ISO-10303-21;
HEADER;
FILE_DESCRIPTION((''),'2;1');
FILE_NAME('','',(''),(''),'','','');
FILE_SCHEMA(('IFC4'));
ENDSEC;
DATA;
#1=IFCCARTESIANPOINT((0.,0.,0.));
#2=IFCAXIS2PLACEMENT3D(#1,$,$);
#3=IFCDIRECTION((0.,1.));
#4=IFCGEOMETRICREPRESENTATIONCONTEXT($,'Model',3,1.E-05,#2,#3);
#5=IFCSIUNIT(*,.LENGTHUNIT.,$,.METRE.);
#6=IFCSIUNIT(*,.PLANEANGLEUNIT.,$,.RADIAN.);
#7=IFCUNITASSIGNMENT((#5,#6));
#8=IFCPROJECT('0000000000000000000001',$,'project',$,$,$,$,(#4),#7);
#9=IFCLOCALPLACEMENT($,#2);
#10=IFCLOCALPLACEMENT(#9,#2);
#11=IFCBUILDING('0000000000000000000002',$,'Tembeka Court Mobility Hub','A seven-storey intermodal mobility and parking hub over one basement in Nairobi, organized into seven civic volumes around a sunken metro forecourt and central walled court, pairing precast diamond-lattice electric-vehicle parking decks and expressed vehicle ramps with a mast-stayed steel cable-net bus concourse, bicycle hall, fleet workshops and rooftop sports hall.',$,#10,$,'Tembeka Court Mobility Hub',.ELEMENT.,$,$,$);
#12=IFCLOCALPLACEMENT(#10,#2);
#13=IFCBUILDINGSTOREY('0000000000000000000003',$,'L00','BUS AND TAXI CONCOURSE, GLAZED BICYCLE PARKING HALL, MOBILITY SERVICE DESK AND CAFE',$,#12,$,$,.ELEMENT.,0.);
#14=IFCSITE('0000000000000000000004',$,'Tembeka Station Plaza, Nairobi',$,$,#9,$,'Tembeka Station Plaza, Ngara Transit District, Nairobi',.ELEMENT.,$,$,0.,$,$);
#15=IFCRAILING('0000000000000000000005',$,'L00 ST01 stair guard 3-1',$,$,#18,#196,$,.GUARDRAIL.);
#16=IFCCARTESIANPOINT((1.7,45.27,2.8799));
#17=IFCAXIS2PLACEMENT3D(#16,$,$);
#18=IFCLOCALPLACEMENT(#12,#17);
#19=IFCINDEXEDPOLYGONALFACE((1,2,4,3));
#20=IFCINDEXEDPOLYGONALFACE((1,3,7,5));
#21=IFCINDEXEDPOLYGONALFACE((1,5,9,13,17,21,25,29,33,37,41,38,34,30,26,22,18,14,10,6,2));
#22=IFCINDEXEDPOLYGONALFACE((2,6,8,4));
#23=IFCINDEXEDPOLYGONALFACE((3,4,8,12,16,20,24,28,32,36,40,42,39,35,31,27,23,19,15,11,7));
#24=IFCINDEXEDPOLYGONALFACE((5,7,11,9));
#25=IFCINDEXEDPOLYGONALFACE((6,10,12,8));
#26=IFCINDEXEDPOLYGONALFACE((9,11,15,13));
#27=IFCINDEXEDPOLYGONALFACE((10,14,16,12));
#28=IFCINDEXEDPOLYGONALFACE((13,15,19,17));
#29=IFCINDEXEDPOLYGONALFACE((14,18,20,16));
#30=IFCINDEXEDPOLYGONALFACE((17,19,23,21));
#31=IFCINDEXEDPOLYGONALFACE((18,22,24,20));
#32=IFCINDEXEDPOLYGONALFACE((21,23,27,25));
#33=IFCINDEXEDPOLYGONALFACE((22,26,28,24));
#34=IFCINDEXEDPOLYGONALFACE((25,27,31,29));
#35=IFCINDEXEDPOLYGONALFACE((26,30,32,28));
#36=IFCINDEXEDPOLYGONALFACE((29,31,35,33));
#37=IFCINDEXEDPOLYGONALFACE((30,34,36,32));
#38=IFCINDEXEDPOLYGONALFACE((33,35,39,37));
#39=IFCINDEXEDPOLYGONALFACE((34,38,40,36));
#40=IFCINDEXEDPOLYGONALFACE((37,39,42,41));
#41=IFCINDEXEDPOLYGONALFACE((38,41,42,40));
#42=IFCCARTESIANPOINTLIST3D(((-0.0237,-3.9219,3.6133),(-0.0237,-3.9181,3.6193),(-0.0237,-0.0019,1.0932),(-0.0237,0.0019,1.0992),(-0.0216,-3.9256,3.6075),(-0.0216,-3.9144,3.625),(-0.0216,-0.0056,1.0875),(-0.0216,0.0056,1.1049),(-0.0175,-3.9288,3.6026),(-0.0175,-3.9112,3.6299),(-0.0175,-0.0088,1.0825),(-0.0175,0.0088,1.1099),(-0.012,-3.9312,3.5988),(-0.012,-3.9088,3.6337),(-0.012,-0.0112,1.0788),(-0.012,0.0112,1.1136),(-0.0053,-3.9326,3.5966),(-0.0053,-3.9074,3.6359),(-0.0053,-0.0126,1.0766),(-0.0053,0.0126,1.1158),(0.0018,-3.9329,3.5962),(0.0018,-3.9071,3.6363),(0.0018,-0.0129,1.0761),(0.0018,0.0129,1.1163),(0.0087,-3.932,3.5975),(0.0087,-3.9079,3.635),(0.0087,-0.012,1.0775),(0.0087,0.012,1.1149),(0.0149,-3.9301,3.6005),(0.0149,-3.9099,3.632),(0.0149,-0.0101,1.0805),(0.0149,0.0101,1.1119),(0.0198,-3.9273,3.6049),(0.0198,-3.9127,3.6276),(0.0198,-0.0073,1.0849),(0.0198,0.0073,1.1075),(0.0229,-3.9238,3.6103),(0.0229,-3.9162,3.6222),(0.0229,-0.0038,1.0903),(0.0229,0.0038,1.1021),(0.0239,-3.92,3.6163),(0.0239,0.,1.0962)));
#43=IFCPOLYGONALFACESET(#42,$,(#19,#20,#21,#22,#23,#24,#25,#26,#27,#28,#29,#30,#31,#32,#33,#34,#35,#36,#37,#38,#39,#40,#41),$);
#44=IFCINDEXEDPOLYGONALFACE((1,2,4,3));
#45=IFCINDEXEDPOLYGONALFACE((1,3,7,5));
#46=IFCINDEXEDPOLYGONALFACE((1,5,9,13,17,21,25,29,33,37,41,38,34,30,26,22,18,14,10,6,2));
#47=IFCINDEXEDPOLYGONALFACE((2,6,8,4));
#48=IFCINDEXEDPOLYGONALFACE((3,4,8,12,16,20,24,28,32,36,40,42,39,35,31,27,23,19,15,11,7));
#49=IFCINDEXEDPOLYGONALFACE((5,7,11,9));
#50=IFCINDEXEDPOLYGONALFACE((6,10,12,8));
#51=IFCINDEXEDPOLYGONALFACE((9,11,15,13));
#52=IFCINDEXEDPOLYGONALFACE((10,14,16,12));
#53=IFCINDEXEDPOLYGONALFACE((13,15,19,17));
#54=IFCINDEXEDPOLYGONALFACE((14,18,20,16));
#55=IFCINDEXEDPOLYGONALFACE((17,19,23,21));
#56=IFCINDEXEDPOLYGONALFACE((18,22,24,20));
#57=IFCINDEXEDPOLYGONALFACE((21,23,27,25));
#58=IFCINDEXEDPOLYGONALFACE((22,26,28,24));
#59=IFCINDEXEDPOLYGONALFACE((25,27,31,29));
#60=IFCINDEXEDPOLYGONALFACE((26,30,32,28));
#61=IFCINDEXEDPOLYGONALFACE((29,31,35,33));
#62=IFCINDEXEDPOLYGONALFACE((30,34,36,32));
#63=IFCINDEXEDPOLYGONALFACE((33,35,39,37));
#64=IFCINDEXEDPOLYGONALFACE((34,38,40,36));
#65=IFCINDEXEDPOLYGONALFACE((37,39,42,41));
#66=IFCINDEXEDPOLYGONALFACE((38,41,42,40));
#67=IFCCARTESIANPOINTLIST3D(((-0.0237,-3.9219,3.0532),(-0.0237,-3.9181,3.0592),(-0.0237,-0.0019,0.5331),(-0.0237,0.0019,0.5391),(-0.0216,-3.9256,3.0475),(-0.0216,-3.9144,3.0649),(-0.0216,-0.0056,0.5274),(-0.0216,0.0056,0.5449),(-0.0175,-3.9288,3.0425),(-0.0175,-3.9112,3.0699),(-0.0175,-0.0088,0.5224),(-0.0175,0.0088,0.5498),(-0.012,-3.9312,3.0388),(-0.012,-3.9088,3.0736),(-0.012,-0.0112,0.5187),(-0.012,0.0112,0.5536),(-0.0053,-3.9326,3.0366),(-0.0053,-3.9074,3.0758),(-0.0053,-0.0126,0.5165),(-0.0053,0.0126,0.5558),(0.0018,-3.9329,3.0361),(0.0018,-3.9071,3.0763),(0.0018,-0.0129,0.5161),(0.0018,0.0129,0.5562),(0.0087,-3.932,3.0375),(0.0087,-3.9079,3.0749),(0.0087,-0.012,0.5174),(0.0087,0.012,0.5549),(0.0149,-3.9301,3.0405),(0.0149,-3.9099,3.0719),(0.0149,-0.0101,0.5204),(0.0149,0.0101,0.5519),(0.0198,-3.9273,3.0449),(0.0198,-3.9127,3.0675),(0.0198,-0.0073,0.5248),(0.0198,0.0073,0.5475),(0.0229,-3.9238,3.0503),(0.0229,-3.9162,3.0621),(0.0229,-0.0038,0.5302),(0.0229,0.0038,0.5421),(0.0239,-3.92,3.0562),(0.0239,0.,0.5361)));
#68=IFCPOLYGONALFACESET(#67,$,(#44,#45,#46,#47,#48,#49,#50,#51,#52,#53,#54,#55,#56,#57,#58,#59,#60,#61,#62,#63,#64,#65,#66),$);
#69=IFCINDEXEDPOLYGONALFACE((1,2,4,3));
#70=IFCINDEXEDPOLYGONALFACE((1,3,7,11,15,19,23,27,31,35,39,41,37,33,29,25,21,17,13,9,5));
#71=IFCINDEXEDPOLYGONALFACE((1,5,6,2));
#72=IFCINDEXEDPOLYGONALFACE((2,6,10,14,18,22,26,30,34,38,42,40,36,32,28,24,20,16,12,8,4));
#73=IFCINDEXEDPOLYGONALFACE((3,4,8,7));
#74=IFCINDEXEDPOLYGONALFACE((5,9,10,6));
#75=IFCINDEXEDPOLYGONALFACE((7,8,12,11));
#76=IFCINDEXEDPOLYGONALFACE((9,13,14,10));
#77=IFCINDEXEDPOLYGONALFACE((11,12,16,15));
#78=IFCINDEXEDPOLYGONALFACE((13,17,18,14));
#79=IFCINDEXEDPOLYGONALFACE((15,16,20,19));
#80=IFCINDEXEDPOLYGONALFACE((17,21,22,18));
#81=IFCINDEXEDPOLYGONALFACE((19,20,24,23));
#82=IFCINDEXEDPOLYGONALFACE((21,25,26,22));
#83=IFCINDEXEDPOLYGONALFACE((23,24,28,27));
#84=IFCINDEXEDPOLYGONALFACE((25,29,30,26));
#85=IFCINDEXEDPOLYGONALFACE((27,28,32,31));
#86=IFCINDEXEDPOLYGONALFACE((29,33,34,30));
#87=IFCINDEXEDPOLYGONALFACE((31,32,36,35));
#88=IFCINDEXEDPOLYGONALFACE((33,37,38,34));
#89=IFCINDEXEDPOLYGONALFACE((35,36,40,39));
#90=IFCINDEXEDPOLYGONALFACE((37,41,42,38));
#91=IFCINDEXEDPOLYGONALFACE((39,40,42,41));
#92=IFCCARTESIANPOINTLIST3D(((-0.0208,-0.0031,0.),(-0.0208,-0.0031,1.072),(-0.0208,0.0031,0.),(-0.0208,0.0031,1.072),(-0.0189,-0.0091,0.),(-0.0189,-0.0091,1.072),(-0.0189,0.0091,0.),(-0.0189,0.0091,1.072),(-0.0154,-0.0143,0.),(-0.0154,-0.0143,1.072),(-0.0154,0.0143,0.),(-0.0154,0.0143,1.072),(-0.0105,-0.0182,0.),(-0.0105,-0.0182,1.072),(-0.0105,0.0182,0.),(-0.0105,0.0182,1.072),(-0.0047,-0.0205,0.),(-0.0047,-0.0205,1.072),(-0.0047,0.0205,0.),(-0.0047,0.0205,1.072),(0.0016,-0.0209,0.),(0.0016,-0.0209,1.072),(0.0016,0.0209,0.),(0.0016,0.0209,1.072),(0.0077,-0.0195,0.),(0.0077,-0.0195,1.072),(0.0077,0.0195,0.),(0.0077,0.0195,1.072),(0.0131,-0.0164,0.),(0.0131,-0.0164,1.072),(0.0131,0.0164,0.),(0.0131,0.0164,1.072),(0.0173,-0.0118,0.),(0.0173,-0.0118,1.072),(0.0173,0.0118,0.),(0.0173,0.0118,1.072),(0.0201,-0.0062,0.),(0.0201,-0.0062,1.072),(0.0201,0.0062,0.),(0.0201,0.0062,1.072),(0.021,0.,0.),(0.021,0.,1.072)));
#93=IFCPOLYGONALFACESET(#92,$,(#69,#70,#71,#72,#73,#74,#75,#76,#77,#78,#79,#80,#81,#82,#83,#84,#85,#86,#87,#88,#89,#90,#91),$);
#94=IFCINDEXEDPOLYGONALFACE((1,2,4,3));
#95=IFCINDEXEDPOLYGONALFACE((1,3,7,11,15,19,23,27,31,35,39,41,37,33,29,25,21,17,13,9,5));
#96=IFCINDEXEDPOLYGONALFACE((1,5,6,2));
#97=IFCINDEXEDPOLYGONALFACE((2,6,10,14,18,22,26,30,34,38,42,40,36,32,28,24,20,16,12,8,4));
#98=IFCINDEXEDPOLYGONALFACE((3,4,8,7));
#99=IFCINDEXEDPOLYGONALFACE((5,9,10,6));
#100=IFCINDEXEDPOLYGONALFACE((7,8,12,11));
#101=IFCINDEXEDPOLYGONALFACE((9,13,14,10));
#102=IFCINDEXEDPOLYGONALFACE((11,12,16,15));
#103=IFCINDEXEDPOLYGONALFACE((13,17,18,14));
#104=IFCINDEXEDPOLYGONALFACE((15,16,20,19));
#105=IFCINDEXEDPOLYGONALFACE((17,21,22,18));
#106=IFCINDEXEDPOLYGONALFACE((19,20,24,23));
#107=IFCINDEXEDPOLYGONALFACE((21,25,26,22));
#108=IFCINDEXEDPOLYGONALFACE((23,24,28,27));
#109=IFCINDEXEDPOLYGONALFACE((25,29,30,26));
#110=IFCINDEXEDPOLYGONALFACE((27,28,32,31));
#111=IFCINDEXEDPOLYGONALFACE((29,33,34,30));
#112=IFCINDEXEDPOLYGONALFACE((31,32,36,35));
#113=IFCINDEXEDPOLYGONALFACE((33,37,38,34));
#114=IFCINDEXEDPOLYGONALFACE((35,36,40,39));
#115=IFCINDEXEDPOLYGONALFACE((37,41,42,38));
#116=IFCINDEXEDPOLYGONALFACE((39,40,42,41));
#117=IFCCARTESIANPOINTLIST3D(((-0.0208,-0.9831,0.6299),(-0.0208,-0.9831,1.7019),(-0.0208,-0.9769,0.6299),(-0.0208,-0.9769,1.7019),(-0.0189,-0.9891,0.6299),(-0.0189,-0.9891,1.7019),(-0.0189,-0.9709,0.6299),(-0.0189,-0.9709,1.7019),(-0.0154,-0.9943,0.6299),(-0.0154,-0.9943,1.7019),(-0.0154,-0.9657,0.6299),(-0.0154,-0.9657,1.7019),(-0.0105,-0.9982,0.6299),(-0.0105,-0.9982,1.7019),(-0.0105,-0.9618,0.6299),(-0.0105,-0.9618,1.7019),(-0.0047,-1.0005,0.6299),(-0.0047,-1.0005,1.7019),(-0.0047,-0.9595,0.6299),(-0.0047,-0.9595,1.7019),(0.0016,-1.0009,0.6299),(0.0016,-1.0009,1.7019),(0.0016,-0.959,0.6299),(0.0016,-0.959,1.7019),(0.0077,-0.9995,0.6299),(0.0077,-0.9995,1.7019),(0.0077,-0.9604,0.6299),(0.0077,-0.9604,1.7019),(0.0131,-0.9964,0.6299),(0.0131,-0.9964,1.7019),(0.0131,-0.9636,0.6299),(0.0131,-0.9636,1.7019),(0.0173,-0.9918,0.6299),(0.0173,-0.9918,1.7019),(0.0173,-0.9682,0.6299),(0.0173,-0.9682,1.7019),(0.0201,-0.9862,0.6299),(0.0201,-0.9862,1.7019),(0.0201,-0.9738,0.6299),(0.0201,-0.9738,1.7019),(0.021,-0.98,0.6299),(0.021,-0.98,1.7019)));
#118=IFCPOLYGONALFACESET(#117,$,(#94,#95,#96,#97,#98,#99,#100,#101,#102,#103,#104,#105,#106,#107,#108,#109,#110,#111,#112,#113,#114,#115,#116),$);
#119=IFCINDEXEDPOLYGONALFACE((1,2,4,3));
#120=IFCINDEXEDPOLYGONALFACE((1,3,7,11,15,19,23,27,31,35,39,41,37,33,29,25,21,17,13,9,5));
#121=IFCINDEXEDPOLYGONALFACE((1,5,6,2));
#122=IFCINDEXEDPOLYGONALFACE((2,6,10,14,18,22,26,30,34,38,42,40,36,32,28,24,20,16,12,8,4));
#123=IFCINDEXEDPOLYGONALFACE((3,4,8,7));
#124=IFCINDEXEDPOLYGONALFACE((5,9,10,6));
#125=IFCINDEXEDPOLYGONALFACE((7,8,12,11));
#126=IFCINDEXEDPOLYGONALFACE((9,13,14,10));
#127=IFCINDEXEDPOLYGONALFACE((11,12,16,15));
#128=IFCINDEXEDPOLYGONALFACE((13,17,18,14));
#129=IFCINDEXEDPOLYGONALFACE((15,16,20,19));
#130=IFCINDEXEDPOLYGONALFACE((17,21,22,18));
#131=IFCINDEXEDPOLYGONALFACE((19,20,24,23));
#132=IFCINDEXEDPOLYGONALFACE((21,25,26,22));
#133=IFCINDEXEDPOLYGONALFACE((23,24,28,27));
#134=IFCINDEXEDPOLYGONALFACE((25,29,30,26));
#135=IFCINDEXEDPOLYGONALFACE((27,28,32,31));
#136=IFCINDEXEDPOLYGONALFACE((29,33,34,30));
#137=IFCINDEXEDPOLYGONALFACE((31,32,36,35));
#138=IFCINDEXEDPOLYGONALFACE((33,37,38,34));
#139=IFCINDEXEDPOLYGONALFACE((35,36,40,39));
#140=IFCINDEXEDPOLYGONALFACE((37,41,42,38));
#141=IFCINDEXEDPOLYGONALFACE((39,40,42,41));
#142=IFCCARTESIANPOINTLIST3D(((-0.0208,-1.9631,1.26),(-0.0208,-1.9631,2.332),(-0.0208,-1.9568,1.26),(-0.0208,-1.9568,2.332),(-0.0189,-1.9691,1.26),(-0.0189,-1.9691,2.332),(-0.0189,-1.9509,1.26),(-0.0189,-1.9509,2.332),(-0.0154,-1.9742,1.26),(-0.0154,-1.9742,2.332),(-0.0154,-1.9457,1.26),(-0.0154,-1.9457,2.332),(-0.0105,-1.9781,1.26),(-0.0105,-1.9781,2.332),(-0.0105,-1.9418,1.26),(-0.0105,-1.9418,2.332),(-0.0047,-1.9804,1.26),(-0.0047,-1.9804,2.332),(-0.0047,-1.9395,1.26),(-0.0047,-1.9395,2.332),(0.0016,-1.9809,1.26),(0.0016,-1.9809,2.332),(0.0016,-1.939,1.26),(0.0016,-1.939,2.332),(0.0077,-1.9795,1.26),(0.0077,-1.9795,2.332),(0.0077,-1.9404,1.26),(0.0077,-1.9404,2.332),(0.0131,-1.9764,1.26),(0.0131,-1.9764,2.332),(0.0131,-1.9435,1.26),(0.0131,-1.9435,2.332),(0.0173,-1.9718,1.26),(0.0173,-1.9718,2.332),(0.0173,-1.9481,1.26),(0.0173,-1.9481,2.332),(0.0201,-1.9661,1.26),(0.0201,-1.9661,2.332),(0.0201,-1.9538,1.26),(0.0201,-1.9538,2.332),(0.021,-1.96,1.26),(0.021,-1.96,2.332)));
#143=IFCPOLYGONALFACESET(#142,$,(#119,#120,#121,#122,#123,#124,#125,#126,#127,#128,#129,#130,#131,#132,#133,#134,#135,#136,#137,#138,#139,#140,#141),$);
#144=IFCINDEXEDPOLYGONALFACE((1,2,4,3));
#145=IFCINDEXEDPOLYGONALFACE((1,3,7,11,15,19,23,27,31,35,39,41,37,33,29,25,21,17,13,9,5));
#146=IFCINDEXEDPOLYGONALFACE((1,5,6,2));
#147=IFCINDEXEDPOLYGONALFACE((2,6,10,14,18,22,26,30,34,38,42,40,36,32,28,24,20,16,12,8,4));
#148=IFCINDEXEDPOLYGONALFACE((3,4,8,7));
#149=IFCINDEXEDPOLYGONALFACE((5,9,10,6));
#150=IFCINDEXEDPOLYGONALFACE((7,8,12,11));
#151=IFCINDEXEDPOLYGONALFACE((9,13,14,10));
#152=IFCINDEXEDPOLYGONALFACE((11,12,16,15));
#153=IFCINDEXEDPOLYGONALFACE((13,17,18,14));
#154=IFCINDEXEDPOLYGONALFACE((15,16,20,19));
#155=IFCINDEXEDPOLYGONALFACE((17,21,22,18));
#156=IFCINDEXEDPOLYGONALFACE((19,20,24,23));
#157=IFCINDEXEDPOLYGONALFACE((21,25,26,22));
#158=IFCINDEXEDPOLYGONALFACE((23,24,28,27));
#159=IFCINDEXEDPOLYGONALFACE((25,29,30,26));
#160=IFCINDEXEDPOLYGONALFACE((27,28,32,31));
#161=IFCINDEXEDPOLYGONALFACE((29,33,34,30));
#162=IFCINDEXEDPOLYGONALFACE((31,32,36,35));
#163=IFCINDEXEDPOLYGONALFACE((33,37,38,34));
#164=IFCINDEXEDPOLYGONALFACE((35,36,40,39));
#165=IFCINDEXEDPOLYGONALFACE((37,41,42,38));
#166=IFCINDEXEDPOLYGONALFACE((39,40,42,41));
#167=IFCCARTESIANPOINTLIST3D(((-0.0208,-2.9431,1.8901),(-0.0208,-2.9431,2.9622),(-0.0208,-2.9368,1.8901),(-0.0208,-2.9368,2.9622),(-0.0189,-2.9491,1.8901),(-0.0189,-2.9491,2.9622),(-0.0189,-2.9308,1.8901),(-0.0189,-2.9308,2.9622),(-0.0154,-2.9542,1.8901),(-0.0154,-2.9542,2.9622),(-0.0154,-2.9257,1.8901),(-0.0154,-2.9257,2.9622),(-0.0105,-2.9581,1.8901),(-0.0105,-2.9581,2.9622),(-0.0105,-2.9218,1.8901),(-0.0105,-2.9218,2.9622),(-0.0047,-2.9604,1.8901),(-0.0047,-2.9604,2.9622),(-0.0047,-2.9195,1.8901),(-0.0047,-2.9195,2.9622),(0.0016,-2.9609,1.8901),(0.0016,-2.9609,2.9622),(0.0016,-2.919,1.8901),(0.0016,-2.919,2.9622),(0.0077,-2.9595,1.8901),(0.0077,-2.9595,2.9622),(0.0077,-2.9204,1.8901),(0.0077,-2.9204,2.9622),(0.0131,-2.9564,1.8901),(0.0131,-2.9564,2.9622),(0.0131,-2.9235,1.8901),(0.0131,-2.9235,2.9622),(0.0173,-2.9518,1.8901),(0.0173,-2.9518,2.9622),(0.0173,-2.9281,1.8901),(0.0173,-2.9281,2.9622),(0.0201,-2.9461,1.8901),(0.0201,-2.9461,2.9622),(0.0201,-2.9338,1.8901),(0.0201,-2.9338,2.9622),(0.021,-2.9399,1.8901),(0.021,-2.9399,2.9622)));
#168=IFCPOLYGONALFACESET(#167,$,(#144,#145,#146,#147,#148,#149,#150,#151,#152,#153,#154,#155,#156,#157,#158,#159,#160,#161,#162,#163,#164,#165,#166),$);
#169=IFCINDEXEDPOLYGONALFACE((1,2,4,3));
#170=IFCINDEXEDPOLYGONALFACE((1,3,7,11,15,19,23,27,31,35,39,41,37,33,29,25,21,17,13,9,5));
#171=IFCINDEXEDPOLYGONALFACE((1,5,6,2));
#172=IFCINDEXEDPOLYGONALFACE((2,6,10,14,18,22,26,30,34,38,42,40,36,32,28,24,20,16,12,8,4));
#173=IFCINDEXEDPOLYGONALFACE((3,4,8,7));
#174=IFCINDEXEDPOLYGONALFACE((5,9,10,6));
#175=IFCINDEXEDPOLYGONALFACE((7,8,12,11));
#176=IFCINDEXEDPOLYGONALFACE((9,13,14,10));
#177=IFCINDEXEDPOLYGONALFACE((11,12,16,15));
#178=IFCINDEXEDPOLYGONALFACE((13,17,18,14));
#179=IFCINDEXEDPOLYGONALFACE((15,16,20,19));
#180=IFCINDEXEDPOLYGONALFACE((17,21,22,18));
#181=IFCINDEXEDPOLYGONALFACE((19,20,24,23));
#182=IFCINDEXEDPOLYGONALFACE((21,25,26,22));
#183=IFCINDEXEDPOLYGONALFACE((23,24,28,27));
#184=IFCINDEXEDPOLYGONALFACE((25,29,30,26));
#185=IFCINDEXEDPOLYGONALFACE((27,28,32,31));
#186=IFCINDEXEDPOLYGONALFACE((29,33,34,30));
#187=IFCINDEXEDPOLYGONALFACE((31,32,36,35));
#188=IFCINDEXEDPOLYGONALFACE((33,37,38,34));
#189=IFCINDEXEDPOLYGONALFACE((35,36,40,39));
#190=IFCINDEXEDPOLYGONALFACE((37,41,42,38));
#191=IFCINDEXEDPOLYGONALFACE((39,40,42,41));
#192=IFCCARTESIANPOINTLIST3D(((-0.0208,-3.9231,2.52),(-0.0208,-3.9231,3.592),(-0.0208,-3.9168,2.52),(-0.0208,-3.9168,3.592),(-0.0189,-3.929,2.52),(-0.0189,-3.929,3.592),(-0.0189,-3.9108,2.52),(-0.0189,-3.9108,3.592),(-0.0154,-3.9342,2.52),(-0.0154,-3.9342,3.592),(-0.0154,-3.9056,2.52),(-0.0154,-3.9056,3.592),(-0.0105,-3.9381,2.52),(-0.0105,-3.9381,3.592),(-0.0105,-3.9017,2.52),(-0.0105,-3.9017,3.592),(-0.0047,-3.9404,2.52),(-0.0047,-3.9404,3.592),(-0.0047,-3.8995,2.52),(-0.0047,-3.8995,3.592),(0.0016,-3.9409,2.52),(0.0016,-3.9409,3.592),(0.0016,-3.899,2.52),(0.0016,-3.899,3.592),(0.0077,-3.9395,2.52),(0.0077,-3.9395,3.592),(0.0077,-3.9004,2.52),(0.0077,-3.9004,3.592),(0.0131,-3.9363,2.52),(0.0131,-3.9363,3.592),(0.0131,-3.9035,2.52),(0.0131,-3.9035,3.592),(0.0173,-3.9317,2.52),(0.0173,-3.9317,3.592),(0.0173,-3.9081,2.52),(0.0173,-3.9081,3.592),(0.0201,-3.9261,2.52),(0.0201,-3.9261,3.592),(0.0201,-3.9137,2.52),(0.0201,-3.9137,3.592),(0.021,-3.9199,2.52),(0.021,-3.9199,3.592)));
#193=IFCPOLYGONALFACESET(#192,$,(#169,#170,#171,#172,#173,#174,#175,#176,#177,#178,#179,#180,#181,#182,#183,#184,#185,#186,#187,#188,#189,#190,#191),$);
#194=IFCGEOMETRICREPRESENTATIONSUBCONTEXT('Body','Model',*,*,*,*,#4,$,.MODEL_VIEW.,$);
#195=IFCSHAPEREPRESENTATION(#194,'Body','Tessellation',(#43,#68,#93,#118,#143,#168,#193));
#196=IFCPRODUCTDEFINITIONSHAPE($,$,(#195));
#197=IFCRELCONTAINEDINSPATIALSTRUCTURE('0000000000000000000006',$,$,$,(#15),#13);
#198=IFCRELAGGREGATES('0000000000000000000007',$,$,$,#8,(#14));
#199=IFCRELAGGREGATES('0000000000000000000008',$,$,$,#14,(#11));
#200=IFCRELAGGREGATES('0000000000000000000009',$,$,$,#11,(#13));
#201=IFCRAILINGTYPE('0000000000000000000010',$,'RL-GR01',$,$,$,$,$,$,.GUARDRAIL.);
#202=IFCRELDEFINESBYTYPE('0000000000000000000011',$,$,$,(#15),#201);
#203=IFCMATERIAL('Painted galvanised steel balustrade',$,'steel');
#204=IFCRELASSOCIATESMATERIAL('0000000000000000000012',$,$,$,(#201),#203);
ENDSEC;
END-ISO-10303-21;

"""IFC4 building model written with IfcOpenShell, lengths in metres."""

from ifc_helpers import new_model, si_unit, direction, frame, origin, origin_2d, place, context, subcontext, project, spatial, circle, extrude, material, type_object, element, save


model = new_model("IFC4")

# Units and contexts
model_context = context("Model", 3, precision=1e-05, world=origin(), true_north=direction((0.0, 1.0)))
body_context = subcontext(model_context, "Body", "Model", "MODEL_VIEW")
ifc_project = project(units=[si_unit("LENGTHUNIT", "METRE"), si_unit("PLANEANGLEUNIT", "RADIAN")], contexts=[model_context])

# Site, building, storey
site_placement = place(None, origin())
site = spatial("IfcSite", under=ifc_project, at=site_placement, Name="Tembeka Station Plaza, Nairobi", LongName="Tembeka Station Plaza, Ngara Transit District, Nairobi", CompositionType="ELEMENT", RefElevation=0.0)
building_placement = place(site_placement, origin())
building = spatial("IfcBuilding", under=site, at=building_placement, Name="Tembeka Court Mobility Hub", Description="A seven-storey intermodal mobility and parking hub over one basement in Nairobi, organized into seven civic volumes around a sunken metro forecourt and central walled court, pairing precast diamond-lattice electric-vehicle parking decks and expressed vehicle ramps with a mast-stayed steel cable-net bus concourse, bicycle hall, fleet workshops and rooftop sports hall.", LongName="Tembeka Court Mobility Hub", CompositionType="ELEMENT")
storey_placement = place(building_placement, origin())
storey = spatial("IfcBuildingStorey", under=building, at=storey_placement, Name="L00", Description="BUS AND TAXI CONCOURSE, GLAZED BICYCLE PARKING HALL, MOBILITY SERVICE DESK AND CAFE", CompositionType="ELEMENT", Elevation=0.0)

# Railing
ifc_material_1 = material(Name="Painted galvanised steel balustrade", Category="steel")
railing_type = type_object("IfcRailingType", Name="RL-GR01", PredefinedType="GUARDRAIL", material=ifc_material_1)
railing_1_placement = place(storey_placement, frame((1.7, 45.27, 2.8799)))
element("IfcRailing", 1, at=railing_1_placement, inside=storey, type_object=railing_type, Name="L00 ST01 stair guard 3-1", PredefinedType="GUARDRAIL", context=body_context, shape_type="SweptSolid", body=[
    extrude(circle(Radius=0.0239, at=origin_2d()), frame((0.0, 0.0, 1.0962), z_axis=(0.0, -0.841172, 0.540768), x_axis=(1.0, 0.0, 0.0)), (0.0, 0.0, 1.0), 4.6602),
    extrude(circle(Radius=0.0239, at=origin_2d()), frame((0.0, 0.0, 0.5361), z_axis=(0.0, -0.841172, 0.540768), x_axis=(1.0, 0.0, 0.0)), (0.0, 0.0, 1.0), 4.6602),
    extrude(circle(Radius=0.021, at=origin_2d()), origin(), (0.0, 0.0, 1.0), 1.072),
    extrude(circle(Radius=0.021, at=origin_2d()), frame((0.0, -0.98, 0.6299)), (0.0, 0.0, 1.0), 1.072),
    extrude(circle(Radius=0.021, at=origin_2d()), frame((0.0, -1.96, 1.26)), (0.0, 0.0, 1.0), 1.072),
    extrude(circle(Radius=0.021, at=origin_2d()), frame((0.0, -2.9399, 1.8901)), (0.0, 0.0, 1.0), 1.072),
    extrude(circle(Radius=0.021, at=origin_2d()), frame((0.0, -3.9199, 2.52)), (0.0, 0.0, 1.0), 1.072),
])

save(model, "model.ifc")
